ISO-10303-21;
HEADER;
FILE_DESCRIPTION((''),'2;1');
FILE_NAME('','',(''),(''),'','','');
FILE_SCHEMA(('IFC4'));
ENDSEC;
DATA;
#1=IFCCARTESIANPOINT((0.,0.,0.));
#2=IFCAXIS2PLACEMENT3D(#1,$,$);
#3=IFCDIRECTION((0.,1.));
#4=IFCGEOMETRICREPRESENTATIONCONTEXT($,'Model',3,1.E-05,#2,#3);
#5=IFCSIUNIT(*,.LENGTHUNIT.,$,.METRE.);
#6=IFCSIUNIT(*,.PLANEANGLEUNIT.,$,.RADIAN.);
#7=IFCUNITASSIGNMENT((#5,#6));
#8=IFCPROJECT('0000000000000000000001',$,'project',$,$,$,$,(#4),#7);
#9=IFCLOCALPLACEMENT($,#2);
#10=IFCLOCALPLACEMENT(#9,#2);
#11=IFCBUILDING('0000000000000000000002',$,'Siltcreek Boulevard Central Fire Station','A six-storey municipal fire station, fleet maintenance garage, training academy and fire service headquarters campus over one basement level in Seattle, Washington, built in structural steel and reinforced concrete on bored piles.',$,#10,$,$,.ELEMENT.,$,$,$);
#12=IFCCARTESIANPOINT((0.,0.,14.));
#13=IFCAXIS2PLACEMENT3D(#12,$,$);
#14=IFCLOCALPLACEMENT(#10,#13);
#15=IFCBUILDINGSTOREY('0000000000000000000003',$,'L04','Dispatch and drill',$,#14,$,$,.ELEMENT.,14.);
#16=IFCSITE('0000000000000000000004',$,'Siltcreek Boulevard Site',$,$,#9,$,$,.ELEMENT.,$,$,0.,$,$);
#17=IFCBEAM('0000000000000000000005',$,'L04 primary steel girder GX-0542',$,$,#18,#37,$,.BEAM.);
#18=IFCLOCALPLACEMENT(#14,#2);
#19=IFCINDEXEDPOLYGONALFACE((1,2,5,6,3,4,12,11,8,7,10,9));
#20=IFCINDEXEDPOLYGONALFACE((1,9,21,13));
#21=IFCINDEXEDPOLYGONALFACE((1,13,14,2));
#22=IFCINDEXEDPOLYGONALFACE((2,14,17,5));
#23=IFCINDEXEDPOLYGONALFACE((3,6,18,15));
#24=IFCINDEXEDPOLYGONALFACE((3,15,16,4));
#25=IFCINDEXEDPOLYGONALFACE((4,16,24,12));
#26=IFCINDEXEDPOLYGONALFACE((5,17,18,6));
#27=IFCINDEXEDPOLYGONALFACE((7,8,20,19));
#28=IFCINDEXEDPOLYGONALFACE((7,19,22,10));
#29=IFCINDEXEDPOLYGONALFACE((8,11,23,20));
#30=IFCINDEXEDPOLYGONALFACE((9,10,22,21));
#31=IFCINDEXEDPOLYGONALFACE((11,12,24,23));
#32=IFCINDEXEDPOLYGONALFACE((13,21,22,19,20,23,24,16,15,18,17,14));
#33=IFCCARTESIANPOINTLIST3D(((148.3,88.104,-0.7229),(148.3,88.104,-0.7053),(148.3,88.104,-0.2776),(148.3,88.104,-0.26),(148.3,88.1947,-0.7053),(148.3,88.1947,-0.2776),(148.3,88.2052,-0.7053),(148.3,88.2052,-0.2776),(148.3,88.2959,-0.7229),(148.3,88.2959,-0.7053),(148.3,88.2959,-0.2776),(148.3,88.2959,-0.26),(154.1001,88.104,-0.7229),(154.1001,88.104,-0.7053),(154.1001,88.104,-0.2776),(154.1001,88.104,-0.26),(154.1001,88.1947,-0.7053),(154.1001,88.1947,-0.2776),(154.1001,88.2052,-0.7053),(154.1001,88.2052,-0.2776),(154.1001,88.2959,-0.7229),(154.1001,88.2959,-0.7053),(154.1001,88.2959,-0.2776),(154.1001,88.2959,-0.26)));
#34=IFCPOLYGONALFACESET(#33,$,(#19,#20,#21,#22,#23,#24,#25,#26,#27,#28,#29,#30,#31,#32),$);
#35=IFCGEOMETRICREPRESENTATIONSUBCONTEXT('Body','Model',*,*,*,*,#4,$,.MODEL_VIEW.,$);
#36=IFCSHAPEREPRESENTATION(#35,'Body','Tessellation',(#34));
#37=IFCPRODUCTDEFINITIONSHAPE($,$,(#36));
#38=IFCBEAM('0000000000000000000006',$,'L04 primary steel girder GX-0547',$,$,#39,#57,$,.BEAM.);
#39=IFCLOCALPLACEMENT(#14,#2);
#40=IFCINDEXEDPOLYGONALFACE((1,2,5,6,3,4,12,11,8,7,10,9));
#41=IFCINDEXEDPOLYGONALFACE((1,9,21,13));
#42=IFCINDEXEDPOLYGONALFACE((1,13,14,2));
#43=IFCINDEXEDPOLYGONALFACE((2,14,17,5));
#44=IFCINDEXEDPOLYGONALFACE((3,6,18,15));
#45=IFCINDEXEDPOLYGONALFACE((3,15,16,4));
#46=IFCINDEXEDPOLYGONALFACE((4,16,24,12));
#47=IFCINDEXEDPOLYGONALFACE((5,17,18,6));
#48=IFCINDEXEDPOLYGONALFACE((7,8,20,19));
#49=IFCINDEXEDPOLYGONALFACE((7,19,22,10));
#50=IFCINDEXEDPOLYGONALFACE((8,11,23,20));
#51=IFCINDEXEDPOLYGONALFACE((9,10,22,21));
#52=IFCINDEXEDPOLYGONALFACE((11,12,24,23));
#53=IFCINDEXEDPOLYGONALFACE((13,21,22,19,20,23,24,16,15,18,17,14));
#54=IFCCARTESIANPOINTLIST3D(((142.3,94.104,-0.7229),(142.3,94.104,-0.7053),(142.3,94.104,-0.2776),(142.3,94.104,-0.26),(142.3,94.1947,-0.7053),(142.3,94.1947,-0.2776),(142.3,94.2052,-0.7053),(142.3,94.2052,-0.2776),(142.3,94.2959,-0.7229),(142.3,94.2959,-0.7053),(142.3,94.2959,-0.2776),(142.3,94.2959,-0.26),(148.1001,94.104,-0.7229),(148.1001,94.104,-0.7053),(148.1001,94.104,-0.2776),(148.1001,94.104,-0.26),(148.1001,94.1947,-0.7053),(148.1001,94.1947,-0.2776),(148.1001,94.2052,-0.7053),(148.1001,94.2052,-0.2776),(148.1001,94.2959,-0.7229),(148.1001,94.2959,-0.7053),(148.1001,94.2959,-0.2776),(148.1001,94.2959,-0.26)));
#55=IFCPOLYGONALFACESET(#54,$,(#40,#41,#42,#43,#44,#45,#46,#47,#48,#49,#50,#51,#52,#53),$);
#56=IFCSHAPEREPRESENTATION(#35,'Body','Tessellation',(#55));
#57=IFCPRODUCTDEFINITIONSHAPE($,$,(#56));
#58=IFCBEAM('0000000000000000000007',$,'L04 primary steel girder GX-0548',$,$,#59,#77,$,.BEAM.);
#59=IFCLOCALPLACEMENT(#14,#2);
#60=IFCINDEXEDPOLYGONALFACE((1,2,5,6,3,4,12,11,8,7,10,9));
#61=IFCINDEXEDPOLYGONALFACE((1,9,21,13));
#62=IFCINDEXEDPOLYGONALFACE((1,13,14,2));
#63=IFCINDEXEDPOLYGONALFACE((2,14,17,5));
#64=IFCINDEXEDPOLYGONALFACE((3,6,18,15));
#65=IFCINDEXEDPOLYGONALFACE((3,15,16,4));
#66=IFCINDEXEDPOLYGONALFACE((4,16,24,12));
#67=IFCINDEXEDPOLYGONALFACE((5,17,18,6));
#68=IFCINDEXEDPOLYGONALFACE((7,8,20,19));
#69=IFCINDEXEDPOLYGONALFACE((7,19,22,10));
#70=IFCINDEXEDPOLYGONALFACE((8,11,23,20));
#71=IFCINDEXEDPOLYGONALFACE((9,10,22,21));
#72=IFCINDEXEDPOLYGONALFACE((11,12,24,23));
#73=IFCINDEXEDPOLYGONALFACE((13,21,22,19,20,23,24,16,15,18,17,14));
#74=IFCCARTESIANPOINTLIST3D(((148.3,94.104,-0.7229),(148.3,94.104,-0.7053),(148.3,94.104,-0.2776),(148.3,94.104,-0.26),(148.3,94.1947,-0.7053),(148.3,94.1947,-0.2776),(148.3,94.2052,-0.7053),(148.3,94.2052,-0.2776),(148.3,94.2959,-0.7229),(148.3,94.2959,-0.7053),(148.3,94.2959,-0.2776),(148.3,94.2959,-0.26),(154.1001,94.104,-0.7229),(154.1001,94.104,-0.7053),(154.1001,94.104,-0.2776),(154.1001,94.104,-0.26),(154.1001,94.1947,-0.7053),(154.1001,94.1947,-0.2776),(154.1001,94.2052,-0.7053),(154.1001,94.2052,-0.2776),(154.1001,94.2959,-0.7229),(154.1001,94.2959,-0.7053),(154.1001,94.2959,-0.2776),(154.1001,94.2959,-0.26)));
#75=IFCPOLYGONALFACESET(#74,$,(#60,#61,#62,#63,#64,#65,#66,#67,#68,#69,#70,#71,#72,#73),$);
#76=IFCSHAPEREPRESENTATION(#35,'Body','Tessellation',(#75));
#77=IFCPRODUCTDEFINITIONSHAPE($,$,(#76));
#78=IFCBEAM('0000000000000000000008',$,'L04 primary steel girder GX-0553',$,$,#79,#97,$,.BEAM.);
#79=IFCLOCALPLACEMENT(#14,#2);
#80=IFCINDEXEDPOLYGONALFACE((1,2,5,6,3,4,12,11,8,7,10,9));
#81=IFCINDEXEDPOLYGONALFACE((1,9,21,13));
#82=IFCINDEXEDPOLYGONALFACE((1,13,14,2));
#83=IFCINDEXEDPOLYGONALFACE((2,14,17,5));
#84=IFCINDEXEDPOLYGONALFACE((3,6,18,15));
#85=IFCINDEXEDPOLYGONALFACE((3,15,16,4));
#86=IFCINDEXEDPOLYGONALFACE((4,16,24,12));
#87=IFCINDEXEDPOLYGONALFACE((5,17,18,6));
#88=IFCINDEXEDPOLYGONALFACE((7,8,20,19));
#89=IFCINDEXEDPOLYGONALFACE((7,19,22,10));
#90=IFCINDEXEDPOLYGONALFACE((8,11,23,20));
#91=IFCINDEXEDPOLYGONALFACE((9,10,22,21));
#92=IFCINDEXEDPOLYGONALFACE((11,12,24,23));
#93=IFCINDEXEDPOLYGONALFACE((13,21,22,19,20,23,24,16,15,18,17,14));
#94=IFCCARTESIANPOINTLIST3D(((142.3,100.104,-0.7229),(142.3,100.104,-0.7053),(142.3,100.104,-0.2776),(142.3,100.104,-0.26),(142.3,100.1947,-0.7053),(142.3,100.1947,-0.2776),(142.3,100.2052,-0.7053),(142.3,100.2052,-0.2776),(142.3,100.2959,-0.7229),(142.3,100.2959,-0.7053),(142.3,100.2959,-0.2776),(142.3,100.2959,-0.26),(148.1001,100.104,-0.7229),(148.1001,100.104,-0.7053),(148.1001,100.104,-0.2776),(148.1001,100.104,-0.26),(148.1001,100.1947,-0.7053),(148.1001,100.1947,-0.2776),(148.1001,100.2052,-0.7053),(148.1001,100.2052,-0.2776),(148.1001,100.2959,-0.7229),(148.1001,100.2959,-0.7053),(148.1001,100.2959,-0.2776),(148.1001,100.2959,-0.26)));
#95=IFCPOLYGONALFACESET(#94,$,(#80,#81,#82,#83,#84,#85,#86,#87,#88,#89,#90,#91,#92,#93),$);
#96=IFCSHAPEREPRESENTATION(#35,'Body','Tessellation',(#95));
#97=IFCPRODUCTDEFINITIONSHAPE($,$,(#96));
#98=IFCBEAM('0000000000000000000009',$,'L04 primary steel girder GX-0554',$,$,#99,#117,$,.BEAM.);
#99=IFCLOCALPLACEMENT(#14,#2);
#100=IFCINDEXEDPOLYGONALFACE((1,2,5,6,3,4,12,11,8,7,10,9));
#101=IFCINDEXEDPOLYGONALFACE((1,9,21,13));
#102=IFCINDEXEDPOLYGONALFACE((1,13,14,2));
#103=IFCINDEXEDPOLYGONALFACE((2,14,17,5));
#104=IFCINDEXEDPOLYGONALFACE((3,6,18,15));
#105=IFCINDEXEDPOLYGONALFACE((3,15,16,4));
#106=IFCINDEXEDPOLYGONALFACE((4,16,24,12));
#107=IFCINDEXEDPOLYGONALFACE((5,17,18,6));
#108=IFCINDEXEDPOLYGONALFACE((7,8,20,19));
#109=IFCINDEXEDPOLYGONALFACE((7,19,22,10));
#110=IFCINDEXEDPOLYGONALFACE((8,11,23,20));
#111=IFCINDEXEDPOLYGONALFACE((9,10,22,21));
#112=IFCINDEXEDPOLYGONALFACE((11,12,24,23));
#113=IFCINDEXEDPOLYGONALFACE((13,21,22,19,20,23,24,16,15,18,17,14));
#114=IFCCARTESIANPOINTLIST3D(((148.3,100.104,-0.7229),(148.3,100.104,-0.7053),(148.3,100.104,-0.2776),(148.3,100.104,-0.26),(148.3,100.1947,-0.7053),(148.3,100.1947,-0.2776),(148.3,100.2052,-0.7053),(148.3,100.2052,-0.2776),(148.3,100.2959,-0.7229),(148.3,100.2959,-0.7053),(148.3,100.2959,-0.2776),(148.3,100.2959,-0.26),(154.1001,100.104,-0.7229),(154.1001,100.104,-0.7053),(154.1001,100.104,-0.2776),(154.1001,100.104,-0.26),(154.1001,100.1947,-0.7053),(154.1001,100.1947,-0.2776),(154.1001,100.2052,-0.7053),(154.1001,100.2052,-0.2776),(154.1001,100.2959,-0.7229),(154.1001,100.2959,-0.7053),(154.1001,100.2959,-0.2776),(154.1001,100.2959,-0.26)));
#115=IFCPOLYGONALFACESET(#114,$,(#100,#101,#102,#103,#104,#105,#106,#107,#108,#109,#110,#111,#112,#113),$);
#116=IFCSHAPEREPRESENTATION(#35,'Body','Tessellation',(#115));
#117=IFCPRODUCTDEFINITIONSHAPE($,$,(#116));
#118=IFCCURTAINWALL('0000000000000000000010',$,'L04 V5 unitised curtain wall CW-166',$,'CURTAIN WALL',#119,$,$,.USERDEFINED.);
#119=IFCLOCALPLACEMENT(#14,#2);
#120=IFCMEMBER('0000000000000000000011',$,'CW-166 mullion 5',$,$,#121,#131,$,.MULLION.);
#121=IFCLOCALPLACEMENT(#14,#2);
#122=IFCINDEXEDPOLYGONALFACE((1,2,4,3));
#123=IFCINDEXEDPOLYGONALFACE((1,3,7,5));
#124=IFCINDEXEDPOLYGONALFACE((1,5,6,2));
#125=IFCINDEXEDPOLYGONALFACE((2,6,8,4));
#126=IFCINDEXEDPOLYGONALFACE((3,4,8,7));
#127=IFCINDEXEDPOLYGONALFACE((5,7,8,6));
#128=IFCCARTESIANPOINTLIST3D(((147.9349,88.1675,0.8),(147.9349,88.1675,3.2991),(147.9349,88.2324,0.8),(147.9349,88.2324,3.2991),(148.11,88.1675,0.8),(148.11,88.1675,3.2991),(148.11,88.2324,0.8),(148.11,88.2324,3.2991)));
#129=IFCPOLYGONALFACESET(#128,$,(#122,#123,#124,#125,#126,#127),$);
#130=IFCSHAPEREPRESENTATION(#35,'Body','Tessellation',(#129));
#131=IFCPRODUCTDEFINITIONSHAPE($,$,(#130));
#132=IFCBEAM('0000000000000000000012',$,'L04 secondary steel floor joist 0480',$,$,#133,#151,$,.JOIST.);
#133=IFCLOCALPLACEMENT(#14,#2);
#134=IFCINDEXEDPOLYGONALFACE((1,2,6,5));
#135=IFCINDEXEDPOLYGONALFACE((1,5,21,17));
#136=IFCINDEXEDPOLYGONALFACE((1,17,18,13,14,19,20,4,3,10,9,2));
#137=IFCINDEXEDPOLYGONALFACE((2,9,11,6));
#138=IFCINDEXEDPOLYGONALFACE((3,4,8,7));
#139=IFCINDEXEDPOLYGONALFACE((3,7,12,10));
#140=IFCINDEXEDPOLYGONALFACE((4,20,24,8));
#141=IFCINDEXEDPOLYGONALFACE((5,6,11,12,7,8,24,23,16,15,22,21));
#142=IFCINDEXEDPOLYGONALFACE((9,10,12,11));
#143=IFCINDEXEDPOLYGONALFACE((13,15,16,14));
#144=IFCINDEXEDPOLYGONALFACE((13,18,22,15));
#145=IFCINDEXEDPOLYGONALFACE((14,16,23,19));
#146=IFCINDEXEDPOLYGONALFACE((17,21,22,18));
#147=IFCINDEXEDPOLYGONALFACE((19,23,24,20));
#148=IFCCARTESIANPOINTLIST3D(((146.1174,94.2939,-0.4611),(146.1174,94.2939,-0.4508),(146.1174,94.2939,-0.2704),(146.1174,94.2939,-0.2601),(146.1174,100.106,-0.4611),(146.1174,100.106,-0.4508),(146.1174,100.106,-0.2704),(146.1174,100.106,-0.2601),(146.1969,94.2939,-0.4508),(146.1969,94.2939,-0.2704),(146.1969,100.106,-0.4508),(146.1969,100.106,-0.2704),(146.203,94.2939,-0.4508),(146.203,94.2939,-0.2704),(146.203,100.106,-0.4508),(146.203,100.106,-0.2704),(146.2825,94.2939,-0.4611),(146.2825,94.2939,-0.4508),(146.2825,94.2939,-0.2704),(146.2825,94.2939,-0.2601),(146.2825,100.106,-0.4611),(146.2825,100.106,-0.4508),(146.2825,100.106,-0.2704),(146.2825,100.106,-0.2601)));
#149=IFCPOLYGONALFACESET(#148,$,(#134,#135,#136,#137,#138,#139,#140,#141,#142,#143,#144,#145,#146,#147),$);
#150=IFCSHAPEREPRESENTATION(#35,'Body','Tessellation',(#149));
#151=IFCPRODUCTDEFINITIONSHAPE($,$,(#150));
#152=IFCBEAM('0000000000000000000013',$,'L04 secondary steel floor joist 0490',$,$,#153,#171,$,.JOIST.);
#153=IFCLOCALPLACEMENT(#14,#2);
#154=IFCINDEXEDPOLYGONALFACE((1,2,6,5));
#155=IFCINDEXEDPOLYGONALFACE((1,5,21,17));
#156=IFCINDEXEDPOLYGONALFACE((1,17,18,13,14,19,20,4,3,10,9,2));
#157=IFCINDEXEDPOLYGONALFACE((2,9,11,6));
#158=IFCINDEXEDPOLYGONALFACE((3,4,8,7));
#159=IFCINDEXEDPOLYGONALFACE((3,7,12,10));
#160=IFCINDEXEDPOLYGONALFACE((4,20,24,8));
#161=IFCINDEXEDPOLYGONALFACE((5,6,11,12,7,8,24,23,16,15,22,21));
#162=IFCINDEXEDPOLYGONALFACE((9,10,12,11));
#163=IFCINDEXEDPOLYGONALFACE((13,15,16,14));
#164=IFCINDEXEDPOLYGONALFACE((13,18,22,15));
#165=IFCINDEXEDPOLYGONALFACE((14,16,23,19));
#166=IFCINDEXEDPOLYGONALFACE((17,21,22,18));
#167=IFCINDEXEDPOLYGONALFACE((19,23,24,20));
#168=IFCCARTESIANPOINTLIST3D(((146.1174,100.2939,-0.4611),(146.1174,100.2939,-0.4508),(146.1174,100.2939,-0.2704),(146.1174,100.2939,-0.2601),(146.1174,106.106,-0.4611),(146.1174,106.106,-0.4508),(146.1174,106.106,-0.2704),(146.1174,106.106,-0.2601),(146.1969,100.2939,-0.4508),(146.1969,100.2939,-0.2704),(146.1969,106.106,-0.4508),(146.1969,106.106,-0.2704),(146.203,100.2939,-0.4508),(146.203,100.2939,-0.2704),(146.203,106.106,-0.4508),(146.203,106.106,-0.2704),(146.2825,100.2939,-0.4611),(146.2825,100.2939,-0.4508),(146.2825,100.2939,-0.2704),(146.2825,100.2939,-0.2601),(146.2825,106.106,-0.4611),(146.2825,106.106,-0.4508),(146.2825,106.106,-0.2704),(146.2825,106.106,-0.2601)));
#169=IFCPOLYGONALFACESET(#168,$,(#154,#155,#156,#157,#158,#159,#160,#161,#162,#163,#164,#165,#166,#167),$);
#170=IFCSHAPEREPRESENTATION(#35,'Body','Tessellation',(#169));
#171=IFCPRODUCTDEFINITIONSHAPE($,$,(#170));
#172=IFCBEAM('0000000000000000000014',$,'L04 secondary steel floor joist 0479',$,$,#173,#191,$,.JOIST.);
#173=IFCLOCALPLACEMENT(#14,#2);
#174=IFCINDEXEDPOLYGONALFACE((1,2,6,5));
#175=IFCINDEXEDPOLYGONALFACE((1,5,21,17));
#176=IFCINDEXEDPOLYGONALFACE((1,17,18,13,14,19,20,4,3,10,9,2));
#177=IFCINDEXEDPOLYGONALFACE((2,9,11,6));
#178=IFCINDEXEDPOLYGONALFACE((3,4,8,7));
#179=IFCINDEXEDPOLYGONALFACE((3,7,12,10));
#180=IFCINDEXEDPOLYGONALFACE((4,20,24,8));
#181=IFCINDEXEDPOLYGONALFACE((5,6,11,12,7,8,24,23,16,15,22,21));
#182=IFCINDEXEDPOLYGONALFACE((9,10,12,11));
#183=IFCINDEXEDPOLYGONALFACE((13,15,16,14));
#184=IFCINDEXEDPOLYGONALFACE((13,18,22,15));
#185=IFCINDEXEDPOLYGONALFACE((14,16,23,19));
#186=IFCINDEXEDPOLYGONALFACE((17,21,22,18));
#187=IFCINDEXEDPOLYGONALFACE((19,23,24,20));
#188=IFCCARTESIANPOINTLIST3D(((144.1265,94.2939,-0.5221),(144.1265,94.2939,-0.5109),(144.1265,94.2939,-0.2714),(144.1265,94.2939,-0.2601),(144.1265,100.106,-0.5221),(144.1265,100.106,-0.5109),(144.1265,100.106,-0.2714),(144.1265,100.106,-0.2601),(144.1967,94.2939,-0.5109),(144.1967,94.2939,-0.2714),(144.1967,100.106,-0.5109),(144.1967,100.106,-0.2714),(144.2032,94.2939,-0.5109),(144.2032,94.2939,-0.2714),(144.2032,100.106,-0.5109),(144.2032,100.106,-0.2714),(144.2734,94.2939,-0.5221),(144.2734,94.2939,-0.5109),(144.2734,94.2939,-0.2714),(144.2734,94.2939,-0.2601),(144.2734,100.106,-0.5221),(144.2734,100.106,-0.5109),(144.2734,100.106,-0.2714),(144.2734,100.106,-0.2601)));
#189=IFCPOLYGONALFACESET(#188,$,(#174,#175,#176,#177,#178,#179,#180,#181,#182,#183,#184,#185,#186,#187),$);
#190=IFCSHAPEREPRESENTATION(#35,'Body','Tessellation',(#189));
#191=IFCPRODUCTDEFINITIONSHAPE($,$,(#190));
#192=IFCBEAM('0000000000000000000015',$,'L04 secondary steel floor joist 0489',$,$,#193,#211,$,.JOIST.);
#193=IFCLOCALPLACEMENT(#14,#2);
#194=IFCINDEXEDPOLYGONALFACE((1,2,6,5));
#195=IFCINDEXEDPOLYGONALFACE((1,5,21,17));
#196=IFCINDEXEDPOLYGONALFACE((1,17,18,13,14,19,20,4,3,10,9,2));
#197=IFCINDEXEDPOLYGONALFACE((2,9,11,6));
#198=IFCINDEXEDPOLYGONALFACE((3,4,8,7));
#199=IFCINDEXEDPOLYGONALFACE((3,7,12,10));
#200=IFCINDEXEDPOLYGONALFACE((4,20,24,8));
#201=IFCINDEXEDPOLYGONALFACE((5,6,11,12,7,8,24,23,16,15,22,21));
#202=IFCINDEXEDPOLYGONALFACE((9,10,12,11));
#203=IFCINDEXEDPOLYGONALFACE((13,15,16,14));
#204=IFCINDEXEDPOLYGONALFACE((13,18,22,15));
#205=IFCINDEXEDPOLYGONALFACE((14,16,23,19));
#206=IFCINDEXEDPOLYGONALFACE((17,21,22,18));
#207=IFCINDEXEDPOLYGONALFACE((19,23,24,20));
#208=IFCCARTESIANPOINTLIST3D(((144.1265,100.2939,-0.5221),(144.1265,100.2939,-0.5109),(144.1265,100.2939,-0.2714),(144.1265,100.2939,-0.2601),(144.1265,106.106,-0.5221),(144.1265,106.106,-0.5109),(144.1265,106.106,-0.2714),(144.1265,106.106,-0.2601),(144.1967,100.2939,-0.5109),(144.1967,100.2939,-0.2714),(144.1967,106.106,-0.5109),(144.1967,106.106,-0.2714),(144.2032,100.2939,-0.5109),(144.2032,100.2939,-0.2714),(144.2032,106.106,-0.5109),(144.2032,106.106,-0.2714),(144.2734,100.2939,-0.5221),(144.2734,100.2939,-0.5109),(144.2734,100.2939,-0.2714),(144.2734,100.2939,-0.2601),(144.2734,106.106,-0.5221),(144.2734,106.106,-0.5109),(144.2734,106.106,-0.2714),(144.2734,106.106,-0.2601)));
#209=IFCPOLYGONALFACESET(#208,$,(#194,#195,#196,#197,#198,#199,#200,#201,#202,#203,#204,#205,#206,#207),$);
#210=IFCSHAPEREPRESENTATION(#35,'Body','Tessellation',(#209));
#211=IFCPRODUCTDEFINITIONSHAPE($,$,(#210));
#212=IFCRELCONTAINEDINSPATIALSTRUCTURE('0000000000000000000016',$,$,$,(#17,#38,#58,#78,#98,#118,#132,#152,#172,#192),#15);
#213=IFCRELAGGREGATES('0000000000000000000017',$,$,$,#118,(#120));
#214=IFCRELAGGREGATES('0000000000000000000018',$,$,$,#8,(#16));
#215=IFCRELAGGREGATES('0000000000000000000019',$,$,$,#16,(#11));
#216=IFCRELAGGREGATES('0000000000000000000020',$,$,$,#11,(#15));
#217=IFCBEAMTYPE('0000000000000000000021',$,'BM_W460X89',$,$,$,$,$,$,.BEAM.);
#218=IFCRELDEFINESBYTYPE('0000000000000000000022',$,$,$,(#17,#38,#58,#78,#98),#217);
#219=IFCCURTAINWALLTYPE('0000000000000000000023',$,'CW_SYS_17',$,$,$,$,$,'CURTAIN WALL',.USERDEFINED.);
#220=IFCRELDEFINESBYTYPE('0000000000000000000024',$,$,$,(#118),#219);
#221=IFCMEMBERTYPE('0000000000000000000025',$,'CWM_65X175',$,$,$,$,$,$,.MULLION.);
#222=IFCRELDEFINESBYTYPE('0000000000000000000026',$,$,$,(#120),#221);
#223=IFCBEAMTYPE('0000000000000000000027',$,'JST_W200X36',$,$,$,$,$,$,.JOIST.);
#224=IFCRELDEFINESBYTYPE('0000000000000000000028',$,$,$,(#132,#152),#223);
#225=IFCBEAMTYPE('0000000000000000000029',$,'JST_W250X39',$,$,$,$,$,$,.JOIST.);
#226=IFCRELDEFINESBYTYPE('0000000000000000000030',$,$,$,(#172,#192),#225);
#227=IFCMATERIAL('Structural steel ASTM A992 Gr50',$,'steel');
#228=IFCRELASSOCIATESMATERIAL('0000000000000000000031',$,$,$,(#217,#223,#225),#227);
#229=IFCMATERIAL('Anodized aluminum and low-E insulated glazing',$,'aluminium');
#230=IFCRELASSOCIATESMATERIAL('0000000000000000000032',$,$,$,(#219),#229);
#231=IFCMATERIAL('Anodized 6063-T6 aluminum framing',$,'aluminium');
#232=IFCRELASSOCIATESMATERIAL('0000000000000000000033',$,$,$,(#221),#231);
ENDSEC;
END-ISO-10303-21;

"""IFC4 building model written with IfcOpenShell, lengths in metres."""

from ifc_helpers import new_model, si_unit, direction, frame, origin, origin_2d, place, context, subcontext, project, spatial, rectangle, i_section, extrude, material, material_profile, profile_set, type_object, element, aggregate, save


model = new_model("IFC4")

# Units and contexts
model_context = context("Model", 3, precision=1e-05, world=origin(), true_north=direction((0.0, 1.0)))
body_context = subcontext(model_context, "Body", "Model", "MODEL_VIEW")
ifc_project = project(units=[si_unit("LENGTHUNIT", "METRE"), si_unit("PLANEANGLEUNIT", "RADIAN")], contexts=[model_context])

# Site, building, storey
site_placement = place(None, origin())
site = spatial("IfcSite", under=ifc_project, at=site_placement, Name="Siltcreek Boulevard Site", CompositionType="ELEMENT", RefElevation=0.0)
building_placement = place(site_placement, origin())
building = spatial("IfcBuilding", under=site, at=building_placement, Name="Siltcreek Boulevard Central Fire Station", Description="A six-storey municipal fire station, fleet maintenance garage, training academy and fire service headquarters campus over one basement level in Seattle, Washington, built in structural steel and reinforced concrete on bored piles.", CompositionType="ELEMENT")
storey_placement = place(building_placement, frame((0.0, 0.0, 14.0)))
storey = spatial("IfcBuildingStorey", under=building, at=storey_placement, Name="L04", Description="Dispatch and drill", CompositionType="ELEMENT", Elevation=14.0)

# Shared definitions
ifc_material_1 = material(Name="Structural steel ASTM A992 Gr50", Category="steel")

# Beams
ifc_material_profile_1 = material_profile(ifc_material_1, i_section(OverallWidth=0.1919, OverallDepth=0.4629, WebThickness=0.0105, FlangeThickness=0.0176, at=origin_2d()), Name="W460X89")
ifc_profile_set_1 = profile_set([ifc_material_profile_1], Name="Structural steel ASTM A992 Gr50")
beam_type_1 = type_object("IfcBeamType", Name="BM_W460X89", PredefinedType="BEAM", material=ifc_profile_set_1)
for number, where, z_axis, x_axis, name in (
    (1, (148.3, 88.2, -0.4915), (1.0, 0.0, 0.0), (0.0, 1.0, 0.0), "L04 primary steel girder GX-0542"),
    (2, (142.3, 94.2, -0.4915), (1.0, 0.0, 0.0), (0.0, 1.0, 0.0), "L04 primary steel girder GX-0547"),
    (3, (148.3, 94.2, -0.4915), (1.0, 0.0, 0.0), (0.0, 1.0, 0.0), "L04 primary steel girder GX-0548"),
    (4, (142.3, 100.2, -0.4915), (1.0, 0.0, 0.0), (0.0, 1.0, 0.0), "L04 primary steel girder GX-0553"),
    (5, (148.3, 100.2, -0.4915), (1.0, 0.0, 0.0), (0.0, 1.0, 0.0), "L04 primary steel girder GX-0554"),
):
    element("IfcBeam", number, at=place(storey_placement, frame(where, z_axis=z_axis, x_axis=x_axis)), inside=storey, type_object=beam_type_1, Name=name, PredefinedType="BEAM", context=body_context, shape_type="SweptSolid", body=[
        extrude(i_section(OverallWidth=0.1919, OverallDepth=0.4629, WebThickness=0.0105, FlangeThickness=0.0176, at=origin_2d()), origin(), (0.0, 0.0, 1.0), 5.8),
    ])

# Curtain wall, member
ifc_material_2 = material(Name="Anodized aluminum and low-E insulated glazing", Category="aluminium")
curtain_wall_type = type_object("IfcCurtainWallType", Name="CW_SYS_17", ElementType="CURTAIN WALL", PredefinedType="USERDEFINED", material=ifc_material_2)
curtain_wall_placement = place(storey_placement, origin())
curtain_wall = element("IfcCurtainWall", 6, at=curtain_wall_placement, inside=storey, type_object=curtain_wall_type, Name="L04 V5 unitised curtain wall CW-166", ObjectType="CURTAIN WALL", PredefinedType="USERDEFINED")
ifc_material_3 = material(Name="Anodized 6063-T6 aluminum framing", Category="aluminium")
ifc_material_profile_2 = material_profile(ifc_material_3, rectangle(XDim=0.0649, YDim=0.175, at=origin_2d()), Name="MULL65X175")
ifc_profile_set_2 = profile_set([ifc_material_profile_2], Name="Anodized 6063-T6 aluminum framing")
member_type = type_object("IfcMemberType", Name="CWM_65X175", PredefinedType="MULLION", material=ifc_profile_set_2)
member_placement = place(storey_placement, frame((148.0225, 88.2, 0.8), z_axis=(0.0, 0.0, 1.0), x_axis=(0.0, 1.0, 0.0)))
member = element("IfcMember", 7, at=member_placement, type_object=member_type, Name="CW-166 mullion 5", PredefinedType="MULLION", context=body_context, shape_type="SweptSolid", body=[
    extrude(rectangle(XDim=0.0649, YDim=0.175, at=origin_2d()), origin(), (0.0, 0.0, 1.0), 2.499),
])

# Beams
ifc_material_profile_3 = material_profile(ifc_material_1, i_section(OverallWidth=0.165, OverallDepth=0.2009, WebThickness=0.0061, FlangeThickness=0.0103, at=origin_2d()), Name="W200X36")
ifc_profile_set_3 = profile_set([ifc_material_profile_3], Name="Structural steel ASTM A992 Gr50")
beam_type_2 = type_object("IfcBeamType", Name="JST_W200X36", PredefinedType="JOIST", material=ifc_profile_set_3)
for number, where, z_axis, x_axis, name in (
    (8, (146.2, 94.2939, -0.3606), (0.0, 1.0, 0.0), (-1.0, 0.0, 0.0), "L04 secondary steel floor joist 0480"),
    (9, (146.2, 100.2939, -0.3606), (0.0, 1.0, 0.0), (-1.0, 0.0, 0.0), "L04 secondary steel floor joist 0490"),
):
    element("IfcBeam", number, at=place(storey_placement, frame(where, z_axis=z_axis, x_axis=x_axis)), inside=storey, type_object=beam_type_2, Name=name, PredefinedType="JOIST", context=body_context, shape_type="SweptSolid", body=[
        extrude(i_section(OverallWidth=0.165, OverallDepth=0.2009, WebThickness=0.0061, FlangeThickness=0.0103, at=origin_2d()), origin(), (0.0, 0.0, 1.0), 5.812),
    ])
ifc_material_profile_4 = material_profile(ifc_material_1, i_section(OverallWidth=0.147, OverallDepth=0.262, WebThickness=0.0066, FlangeThickness=0.0112, at=origin_2d()), Name="W250X39")
ifc_profile_set_4 = profile_set([ifc_material_profile_4], Name="Structural steel ASTM A992 Gr50")
beam_type_3 = type_object("IfcBeamType", Name="JST_W250X39", PredefinedType="JOIST", material=ifc_profile_set_4)
for number, where, z_axis, x_axis, name in (
    (10, (144.2, 94.2939, -0.3911), (0.0, 1.0, 0.0), (-1.0, 0.0, 0.0), "L04 secondary steel floor joist 0479"),
    (11, (144.2, 100.2939, -0.3911), (0.0, 1.0, 0.0), (-1.0, 0.0, 0.0), "L04 secondary steel floor joist 0489"),
):
    element("IfcBeam", number, at=place(storey_placement, frame(where, z_axis=z_axis, x_axis=x_axis)), inside=storey, type_object=beam_type_3, Name=name, PredefinedType="JOIST", context=body_context, shape_type="SweptSolid", body=[
        extrude(i_section(OverallWidth=0.147, OverallDepth=0.262, WebThickness=0.0066, FlangeThickness=0.0112, at=origin_2d()), origin(), (0.0, 0.0, 1.0), 5.812),
    ])

aggregate(curtain_wall, [member])

save(model, "model.ifc")
